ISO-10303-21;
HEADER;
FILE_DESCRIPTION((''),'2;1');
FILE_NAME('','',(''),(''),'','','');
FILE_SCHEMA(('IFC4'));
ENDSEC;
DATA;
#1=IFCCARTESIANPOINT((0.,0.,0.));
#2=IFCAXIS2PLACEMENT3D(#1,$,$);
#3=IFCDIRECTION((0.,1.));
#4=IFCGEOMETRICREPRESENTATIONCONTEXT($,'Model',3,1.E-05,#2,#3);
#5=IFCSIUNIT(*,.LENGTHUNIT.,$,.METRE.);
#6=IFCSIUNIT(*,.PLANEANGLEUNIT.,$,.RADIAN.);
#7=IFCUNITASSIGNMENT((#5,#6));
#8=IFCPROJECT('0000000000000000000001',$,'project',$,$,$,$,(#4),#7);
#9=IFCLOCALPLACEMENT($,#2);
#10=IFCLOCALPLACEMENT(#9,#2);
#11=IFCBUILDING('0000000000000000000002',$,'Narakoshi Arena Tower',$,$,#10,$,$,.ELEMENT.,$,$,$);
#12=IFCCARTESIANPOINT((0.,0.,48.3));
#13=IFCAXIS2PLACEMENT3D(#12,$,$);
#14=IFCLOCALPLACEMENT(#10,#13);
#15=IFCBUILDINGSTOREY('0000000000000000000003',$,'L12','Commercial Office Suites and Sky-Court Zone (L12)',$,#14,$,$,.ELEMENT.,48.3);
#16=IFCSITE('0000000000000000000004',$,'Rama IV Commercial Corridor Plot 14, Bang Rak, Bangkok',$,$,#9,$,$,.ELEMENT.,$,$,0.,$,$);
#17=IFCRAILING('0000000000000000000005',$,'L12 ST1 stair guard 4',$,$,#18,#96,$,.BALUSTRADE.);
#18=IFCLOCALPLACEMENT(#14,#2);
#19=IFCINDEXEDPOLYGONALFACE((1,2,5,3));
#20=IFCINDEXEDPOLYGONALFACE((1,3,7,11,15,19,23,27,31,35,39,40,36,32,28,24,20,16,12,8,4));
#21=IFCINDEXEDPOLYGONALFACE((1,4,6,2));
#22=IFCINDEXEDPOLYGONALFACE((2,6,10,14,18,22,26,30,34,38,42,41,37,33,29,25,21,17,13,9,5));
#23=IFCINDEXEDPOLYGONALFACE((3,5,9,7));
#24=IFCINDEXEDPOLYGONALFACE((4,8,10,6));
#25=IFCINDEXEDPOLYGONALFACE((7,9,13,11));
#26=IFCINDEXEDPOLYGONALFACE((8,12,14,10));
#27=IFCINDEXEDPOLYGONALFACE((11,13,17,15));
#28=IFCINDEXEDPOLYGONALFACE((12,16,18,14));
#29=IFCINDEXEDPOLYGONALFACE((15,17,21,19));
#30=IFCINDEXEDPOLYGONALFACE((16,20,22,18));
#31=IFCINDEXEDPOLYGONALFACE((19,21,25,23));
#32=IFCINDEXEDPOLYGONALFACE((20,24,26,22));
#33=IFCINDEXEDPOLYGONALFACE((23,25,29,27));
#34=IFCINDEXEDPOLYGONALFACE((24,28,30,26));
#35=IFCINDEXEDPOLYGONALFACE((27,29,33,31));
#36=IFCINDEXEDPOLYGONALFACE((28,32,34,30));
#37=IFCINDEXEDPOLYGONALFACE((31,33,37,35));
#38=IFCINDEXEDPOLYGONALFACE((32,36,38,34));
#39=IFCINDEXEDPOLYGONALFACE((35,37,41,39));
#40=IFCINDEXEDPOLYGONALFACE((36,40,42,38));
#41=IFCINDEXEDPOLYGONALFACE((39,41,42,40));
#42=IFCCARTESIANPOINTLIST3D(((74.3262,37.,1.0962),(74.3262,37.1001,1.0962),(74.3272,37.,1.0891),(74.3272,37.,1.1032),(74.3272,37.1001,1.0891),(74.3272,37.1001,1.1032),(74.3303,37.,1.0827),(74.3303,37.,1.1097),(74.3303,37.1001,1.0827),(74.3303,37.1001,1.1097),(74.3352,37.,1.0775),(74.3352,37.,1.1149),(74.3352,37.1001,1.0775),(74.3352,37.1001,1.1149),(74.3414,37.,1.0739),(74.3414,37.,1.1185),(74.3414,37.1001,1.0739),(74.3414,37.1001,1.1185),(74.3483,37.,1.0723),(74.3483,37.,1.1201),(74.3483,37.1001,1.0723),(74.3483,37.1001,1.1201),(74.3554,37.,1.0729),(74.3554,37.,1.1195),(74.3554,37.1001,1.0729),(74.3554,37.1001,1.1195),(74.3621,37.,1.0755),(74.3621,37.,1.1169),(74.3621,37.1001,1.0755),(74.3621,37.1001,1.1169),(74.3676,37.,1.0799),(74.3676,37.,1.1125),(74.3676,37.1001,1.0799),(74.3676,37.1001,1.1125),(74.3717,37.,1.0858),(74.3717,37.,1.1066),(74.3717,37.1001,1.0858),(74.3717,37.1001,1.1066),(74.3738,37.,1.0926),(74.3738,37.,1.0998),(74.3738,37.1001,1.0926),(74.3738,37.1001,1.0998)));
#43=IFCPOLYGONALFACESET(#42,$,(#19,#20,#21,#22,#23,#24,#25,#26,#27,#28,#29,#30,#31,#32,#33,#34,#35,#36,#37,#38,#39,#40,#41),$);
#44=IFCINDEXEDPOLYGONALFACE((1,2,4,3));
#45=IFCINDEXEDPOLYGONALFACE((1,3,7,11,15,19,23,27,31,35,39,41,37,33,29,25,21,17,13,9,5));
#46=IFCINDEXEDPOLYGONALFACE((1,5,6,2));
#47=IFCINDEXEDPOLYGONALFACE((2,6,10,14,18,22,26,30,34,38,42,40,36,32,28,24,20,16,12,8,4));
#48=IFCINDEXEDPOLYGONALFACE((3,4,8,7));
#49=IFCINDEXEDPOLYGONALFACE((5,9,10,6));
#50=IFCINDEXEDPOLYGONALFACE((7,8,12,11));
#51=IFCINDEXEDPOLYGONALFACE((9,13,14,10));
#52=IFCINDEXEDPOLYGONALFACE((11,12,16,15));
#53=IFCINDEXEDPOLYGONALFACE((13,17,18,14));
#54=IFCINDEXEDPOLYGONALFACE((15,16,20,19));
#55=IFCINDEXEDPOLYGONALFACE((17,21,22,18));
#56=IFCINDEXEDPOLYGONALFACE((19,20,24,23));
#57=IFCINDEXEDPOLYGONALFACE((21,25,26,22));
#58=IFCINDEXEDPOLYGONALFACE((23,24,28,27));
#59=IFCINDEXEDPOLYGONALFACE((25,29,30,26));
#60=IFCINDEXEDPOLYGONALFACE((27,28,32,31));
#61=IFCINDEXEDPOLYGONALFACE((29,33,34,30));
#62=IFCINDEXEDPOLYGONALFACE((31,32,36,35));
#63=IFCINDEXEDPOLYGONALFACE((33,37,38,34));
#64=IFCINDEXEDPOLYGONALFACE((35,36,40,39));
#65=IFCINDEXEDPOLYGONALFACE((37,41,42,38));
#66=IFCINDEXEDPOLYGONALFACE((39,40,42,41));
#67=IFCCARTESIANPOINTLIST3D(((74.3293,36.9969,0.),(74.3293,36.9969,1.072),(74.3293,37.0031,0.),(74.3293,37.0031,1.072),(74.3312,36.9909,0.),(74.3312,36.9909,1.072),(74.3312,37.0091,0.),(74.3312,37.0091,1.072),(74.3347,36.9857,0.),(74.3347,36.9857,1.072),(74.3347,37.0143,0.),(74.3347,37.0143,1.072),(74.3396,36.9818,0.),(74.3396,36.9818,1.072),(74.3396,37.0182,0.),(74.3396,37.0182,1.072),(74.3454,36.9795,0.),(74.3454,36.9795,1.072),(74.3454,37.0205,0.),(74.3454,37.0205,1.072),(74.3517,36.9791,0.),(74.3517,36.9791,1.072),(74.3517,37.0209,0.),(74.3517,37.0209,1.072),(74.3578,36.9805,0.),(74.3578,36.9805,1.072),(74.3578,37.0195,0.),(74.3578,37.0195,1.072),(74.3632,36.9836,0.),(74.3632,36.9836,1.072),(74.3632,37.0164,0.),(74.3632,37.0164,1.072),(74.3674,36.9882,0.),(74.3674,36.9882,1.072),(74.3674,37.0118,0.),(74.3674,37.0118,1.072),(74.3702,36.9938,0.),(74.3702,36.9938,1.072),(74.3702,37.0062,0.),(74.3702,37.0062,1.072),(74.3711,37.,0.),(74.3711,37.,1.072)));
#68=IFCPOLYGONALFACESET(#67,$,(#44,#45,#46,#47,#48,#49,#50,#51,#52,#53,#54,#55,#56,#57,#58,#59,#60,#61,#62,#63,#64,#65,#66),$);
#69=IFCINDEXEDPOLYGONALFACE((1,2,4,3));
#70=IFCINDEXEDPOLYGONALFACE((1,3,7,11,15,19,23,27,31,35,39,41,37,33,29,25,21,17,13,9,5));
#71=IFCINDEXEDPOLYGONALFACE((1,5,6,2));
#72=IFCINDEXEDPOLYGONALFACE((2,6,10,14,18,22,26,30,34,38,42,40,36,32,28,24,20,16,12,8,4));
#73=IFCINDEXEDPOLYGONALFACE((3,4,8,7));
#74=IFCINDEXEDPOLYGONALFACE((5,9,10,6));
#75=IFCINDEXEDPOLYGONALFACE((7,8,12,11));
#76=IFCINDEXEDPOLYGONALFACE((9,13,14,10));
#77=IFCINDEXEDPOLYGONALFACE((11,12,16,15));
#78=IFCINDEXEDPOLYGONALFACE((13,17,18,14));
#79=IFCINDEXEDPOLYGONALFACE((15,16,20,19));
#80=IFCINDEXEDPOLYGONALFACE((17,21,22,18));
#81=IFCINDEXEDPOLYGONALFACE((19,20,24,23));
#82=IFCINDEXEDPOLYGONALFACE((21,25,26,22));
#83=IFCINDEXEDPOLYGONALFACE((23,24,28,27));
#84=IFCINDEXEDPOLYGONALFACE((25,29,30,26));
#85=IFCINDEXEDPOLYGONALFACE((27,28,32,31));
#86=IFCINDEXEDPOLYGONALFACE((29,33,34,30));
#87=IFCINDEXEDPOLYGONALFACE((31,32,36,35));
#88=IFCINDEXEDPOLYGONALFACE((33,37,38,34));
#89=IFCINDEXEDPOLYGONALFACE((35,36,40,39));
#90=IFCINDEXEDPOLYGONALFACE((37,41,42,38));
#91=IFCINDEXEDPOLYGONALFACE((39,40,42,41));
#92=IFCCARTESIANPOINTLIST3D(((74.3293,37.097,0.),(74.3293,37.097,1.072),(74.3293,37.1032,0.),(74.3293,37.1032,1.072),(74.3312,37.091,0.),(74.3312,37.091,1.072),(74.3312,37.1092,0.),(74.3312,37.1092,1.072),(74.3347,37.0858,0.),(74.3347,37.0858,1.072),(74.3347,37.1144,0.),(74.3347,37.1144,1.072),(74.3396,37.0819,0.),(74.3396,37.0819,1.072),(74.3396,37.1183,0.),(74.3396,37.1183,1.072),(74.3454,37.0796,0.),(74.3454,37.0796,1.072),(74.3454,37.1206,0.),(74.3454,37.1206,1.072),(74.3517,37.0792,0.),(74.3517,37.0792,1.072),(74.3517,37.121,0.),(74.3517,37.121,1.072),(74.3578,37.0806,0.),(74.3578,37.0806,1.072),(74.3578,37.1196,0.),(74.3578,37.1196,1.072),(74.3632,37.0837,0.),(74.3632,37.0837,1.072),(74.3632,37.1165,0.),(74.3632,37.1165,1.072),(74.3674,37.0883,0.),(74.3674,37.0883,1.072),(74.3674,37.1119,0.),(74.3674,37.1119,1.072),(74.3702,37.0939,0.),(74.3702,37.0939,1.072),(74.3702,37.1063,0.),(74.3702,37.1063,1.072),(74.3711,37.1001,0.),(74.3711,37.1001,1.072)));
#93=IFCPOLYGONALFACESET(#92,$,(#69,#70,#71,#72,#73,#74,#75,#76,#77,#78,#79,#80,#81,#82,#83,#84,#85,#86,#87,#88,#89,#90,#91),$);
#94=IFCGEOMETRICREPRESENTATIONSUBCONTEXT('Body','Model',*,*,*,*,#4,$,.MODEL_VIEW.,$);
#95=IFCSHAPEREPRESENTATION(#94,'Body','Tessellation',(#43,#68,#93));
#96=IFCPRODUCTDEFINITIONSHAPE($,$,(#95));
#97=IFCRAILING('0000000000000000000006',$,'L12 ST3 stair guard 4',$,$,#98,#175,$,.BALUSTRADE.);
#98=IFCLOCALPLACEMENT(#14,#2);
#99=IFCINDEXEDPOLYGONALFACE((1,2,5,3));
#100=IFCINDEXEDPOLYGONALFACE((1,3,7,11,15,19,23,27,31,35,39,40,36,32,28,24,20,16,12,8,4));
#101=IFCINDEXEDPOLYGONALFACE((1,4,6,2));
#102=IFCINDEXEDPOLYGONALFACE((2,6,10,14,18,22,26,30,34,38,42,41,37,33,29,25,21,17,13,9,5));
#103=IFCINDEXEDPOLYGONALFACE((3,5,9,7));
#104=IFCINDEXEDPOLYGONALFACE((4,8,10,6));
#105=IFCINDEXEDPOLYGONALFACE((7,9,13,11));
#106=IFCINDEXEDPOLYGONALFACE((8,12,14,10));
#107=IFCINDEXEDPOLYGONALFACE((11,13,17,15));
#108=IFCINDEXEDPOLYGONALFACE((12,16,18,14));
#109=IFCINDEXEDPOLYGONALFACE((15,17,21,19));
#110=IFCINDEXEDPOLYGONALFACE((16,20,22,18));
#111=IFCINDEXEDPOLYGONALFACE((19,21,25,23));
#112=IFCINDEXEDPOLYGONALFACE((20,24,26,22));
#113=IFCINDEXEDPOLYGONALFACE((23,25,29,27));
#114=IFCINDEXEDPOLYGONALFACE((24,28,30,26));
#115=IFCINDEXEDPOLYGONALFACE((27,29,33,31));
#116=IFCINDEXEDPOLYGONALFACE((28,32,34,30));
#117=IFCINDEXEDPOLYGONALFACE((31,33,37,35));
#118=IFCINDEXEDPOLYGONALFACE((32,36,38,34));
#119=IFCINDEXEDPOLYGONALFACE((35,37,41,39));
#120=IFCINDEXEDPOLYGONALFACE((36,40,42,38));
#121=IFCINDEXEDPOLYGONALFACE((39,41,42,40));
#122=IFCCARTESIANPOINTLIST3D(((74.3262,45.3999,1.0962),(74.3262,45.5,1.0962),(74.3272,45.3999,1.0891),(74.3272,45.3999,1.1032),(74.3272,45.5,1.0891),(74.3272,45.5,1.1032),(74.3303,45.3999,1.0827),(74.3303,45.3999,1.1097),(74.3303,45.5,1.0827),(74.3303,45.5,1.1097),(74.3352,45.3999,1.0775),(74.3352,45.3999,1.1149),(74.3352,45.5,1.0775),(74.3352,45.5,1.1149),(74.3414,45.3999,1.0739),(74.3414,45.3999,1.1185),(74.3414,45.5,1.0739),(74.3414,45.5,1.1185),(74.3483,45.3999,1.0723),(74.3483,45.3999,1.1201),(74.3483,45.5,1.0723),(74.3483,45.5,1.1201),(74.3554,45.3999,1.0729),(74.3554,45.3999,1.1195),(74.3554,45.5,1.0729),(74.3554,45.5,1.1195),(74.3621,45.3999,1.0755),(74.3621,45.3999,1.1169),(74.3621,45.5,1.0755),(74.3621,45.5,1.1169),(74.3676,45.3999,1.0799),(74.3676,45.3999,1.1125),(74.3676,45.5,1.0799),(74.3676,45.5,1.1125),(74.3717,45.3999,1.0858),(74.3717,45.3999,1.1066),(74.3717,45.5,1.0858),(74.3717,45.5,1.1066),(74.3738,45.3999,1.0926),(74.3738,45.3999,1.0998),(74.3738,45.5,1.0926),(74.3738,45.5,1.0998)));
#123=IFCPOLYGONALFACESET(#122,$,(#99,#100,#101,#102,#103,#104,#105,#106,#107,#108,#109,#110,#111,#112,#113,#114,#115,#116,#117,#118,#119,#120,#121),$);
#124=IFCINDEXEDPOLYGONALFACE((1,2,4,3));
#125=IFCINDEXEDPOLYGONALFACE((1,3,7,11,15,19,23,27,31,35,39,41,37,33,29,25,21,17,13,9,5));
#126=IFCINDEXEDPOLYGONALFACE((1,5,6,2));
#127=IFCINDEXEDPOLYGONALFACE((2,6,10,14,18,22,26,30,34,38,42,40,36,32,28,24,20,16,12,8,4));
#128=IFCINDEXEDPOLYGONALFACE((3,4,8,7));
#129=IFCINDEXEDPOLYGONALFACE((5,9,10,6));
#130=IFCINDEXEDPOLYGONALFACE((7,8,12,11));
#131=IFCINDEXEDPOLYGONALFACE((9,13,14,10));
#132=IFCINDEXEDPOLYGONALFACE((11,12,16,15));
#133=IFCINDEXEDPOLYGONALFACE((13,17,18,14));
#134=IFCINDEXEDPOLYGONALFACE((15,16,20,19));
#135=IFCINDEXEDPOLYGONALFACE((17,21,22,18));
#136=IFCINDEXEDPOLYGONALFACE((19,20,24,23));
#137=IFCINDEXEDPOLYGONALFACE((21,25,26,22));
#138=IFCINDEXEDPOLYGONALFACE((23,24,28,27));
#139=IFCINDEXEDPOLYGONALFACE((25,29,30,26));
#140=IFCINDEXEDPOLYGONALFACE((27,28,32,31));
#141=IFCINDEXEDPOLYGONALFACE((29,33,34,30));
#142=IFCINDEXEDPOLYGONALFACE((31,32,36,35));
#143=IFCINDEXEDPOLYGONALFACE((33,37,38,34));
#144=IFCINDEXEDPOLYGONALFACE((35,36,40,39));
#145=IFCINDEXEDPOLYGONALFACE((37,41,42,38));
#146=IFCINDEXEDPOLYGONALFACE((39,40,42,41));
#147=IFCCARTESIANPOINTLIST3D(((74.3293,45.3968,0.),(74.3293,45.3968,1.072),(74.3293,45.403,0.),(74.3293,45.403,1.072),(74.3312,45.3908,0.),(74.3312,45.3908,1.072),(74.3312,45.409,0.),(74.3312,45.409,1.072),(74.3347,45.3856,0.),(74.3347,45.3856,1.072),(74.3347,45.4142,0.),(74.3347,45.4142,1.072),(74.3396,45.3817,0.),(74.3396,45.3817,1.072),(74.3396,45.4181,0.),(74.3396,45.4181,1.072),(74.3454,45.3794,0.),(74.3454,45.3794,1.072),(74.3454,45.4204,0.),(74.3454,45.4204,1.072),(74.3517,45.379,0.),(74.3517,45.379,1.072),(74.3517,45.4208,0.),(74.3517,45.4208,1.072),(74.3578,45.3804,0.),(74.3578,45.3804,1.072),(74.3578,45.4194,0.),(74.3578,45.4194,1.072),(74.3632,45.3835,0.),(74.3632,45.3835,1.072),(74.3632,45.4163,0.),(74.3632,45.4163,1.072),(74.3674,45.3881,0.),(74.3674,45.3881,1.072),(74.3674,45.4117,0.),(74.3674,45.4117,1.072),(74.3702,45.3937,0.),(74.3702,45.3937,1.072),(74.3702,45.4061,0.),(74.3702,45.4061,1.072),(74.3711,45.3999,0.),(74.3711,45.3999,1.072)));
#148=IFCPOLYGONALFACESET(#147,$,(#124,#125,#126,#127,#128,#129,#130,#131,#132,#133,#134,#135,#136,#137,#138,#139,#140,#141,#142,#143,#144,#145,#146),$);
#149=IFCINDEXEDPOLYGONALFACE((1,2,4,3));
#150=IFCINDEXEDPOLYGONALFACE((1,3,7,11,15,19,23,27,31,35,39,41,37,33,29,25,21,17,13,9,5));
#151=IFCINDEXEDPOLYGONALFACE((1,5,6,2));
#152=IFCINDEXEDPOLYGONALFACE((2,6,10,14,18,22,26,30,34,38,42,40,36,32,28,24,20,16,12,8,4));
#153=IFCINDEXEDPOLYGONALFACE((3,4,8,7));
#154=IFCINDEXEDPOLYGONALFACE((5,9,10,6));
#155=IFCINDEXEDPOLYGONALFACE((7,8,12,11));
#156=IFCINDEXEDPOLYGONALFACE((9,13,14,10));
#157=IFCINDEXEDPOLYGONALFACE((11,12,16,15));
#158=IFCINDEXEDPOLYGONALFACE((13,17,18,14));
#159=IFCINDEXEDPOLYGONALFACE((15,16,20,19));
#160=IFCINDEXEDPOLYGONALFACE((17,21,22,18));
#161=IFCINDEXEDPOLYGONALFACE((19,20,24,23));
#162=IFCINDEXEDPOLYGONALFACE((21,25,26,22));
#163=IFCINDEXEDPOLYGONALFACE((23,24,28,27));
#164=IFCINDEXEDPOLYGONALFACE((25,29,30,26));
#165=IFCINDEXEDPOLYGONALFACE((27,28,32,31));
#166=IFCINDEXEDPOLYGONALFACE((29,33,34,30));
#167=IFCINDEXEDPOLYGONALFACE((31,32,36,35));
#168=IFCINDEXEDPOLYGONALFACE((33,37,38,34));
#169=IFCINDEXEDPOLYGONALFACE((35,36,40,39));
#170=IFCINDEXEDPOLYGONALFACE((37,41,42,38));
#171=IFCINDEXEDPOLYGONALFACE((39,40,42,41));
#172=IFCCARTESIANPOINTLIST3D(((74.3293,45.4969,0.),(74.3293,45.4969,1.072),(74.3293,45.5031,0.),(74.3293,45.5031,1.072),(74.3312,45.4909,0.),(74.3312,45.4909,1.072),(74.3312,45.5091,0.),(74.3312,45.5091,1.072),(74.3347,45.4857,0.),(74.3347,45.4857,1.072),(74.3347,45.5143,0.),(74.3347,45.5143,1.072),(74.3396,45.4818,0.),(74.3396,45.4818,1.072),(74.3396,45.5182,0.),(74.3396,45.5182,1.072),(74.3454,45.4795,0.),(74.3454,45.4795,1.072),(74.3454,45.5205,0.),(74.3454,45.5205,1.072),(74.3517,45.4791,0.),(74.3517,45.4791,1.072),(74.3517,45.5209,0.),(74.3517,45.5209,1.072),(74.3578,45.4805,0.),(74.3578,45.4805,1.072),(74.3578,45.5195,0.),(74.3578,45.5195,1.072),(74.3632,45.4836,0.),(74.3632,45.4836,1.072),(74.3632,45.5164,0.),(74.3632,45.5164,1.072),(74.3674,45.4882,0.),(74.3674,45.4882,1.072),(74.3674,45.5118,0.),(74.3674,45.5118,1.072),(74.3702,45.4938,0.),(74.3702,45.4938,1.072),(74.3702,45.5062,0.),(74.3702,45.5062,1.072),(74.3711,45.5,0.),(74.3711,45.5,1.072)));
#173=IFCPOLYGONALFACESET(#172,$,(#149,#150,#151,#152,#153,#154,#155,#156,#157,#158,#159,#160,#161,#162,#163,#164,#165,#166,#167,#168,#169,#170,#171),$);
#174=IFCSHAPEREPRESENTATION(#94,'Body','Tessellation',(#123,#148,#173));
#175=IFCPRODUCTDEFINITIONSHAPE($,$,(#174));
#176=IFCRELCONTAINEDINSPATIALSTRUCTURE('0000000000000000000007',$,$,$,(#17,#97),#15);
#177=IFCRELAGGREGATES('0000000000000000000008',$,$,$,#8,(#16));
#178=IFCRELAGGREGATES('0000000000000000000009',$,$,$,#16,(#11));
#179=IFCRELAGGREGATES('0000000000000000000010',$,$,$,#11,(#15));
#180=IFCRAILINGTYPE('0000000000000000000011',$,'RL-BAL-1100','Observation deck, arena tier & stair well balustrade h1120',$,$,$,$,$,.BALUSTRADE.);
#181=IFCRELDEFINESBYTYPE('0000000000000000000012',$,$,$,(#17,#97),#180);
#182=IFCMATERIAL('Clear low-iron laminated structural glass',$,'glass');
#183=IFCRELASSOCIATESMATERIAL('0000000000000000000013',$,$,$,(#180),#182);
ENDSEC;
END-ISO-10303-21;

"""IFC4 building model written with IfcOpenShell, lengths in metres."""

from ifc_helpers import new_model, si_unit, direction, frame, origin, origin_2d, place, context, subcontext, project, spatial, circle, extrude, material, type_object, element, save


model = new_model("IFC4")

# Units and contexts
model_context = context("Model", 3, precision=1e-05, world=origin(), true_north=direction((0.0, 1.0)))
body_context = subcontext(model_context, "Body", "Model", "MODEL_VIEW")
ifc_project = project(units=[si_unit("LENGTHUNIT", "METRE"), si_unit("PLANEANGLEUNIT", "RADIAN")], contexts=[model_context])

# Site, building, storey
site_placement = place(None, origin())
site = spatial("IfcSite", under=ifc_project, at=site_placement, Name="Rama IV Commercial Corridor Plot 14, Bang Rak, Bangkok", CompositionType="ELEMENT", RefElevation=0.0)
building_placement = place(site_placement, origin())
building = spatial("IfcBuilding", under=site, at=building_placement, Name="Narakoshi Arena Tower", CompositionType="ELEMENT")
storey_placement = place(building_placement, frame((0.0, 0.0, 48.3)))
storey = spatial("IfcBuildingStorey", under=building, at=storey_placement, Name="L12", Description="Commercial Office Suites and Sky-Court Zone (L12)", CompositionType="ELEMENT", Elevation=48.3)

# Railings
ifc_material_1 = material(Name="Clear low-iron laminated structural glass", Category="glass")
railing_type = type_object("IfcRailingType", Name="RL-BAL-1100", Description="Observation deck, arena tier & stair well balustrade h1120", PredefinedType="BALUSTRADE", material=ifc_material_1)
for number, where, name in (
    (1, (74.3501, 37.0, 0.0), "L12 ST1 stair guard 4"),
    (2, (74.3501, 45.3999, 0.0), "L12 ST3 stair guard 4"),
):
    element("IfcRailing", number, at=place(storey_placement, frame(where)), inside=storey, type_object=railing_type, Name=name, PredefinedType="BALUSTRADE", context=body_context, shape_type="SweptSolid", body=[
        extrude(circle(Radius=0.0239, at=origin_2d()), frame((0.0, 0.0, 1.0962), z_axis=(0.0, 1.0, 0.0), x_axis=(-1.0, 0.0, 0.0)), (0.0, 0.0, 1.0), 0.1001),
        extrude(circle(Radius=0.021, at=origin_2d()), origin(), (0.0, 0.0, 1.0), 1.072),
        extrude(circle(Radius=0.021, at=origin_2d()), frame((0.0, 0.1001, 0.0)), (0.0, 0.0, 1.0), 1.072),
    ])

save(model, "model.ifc")
